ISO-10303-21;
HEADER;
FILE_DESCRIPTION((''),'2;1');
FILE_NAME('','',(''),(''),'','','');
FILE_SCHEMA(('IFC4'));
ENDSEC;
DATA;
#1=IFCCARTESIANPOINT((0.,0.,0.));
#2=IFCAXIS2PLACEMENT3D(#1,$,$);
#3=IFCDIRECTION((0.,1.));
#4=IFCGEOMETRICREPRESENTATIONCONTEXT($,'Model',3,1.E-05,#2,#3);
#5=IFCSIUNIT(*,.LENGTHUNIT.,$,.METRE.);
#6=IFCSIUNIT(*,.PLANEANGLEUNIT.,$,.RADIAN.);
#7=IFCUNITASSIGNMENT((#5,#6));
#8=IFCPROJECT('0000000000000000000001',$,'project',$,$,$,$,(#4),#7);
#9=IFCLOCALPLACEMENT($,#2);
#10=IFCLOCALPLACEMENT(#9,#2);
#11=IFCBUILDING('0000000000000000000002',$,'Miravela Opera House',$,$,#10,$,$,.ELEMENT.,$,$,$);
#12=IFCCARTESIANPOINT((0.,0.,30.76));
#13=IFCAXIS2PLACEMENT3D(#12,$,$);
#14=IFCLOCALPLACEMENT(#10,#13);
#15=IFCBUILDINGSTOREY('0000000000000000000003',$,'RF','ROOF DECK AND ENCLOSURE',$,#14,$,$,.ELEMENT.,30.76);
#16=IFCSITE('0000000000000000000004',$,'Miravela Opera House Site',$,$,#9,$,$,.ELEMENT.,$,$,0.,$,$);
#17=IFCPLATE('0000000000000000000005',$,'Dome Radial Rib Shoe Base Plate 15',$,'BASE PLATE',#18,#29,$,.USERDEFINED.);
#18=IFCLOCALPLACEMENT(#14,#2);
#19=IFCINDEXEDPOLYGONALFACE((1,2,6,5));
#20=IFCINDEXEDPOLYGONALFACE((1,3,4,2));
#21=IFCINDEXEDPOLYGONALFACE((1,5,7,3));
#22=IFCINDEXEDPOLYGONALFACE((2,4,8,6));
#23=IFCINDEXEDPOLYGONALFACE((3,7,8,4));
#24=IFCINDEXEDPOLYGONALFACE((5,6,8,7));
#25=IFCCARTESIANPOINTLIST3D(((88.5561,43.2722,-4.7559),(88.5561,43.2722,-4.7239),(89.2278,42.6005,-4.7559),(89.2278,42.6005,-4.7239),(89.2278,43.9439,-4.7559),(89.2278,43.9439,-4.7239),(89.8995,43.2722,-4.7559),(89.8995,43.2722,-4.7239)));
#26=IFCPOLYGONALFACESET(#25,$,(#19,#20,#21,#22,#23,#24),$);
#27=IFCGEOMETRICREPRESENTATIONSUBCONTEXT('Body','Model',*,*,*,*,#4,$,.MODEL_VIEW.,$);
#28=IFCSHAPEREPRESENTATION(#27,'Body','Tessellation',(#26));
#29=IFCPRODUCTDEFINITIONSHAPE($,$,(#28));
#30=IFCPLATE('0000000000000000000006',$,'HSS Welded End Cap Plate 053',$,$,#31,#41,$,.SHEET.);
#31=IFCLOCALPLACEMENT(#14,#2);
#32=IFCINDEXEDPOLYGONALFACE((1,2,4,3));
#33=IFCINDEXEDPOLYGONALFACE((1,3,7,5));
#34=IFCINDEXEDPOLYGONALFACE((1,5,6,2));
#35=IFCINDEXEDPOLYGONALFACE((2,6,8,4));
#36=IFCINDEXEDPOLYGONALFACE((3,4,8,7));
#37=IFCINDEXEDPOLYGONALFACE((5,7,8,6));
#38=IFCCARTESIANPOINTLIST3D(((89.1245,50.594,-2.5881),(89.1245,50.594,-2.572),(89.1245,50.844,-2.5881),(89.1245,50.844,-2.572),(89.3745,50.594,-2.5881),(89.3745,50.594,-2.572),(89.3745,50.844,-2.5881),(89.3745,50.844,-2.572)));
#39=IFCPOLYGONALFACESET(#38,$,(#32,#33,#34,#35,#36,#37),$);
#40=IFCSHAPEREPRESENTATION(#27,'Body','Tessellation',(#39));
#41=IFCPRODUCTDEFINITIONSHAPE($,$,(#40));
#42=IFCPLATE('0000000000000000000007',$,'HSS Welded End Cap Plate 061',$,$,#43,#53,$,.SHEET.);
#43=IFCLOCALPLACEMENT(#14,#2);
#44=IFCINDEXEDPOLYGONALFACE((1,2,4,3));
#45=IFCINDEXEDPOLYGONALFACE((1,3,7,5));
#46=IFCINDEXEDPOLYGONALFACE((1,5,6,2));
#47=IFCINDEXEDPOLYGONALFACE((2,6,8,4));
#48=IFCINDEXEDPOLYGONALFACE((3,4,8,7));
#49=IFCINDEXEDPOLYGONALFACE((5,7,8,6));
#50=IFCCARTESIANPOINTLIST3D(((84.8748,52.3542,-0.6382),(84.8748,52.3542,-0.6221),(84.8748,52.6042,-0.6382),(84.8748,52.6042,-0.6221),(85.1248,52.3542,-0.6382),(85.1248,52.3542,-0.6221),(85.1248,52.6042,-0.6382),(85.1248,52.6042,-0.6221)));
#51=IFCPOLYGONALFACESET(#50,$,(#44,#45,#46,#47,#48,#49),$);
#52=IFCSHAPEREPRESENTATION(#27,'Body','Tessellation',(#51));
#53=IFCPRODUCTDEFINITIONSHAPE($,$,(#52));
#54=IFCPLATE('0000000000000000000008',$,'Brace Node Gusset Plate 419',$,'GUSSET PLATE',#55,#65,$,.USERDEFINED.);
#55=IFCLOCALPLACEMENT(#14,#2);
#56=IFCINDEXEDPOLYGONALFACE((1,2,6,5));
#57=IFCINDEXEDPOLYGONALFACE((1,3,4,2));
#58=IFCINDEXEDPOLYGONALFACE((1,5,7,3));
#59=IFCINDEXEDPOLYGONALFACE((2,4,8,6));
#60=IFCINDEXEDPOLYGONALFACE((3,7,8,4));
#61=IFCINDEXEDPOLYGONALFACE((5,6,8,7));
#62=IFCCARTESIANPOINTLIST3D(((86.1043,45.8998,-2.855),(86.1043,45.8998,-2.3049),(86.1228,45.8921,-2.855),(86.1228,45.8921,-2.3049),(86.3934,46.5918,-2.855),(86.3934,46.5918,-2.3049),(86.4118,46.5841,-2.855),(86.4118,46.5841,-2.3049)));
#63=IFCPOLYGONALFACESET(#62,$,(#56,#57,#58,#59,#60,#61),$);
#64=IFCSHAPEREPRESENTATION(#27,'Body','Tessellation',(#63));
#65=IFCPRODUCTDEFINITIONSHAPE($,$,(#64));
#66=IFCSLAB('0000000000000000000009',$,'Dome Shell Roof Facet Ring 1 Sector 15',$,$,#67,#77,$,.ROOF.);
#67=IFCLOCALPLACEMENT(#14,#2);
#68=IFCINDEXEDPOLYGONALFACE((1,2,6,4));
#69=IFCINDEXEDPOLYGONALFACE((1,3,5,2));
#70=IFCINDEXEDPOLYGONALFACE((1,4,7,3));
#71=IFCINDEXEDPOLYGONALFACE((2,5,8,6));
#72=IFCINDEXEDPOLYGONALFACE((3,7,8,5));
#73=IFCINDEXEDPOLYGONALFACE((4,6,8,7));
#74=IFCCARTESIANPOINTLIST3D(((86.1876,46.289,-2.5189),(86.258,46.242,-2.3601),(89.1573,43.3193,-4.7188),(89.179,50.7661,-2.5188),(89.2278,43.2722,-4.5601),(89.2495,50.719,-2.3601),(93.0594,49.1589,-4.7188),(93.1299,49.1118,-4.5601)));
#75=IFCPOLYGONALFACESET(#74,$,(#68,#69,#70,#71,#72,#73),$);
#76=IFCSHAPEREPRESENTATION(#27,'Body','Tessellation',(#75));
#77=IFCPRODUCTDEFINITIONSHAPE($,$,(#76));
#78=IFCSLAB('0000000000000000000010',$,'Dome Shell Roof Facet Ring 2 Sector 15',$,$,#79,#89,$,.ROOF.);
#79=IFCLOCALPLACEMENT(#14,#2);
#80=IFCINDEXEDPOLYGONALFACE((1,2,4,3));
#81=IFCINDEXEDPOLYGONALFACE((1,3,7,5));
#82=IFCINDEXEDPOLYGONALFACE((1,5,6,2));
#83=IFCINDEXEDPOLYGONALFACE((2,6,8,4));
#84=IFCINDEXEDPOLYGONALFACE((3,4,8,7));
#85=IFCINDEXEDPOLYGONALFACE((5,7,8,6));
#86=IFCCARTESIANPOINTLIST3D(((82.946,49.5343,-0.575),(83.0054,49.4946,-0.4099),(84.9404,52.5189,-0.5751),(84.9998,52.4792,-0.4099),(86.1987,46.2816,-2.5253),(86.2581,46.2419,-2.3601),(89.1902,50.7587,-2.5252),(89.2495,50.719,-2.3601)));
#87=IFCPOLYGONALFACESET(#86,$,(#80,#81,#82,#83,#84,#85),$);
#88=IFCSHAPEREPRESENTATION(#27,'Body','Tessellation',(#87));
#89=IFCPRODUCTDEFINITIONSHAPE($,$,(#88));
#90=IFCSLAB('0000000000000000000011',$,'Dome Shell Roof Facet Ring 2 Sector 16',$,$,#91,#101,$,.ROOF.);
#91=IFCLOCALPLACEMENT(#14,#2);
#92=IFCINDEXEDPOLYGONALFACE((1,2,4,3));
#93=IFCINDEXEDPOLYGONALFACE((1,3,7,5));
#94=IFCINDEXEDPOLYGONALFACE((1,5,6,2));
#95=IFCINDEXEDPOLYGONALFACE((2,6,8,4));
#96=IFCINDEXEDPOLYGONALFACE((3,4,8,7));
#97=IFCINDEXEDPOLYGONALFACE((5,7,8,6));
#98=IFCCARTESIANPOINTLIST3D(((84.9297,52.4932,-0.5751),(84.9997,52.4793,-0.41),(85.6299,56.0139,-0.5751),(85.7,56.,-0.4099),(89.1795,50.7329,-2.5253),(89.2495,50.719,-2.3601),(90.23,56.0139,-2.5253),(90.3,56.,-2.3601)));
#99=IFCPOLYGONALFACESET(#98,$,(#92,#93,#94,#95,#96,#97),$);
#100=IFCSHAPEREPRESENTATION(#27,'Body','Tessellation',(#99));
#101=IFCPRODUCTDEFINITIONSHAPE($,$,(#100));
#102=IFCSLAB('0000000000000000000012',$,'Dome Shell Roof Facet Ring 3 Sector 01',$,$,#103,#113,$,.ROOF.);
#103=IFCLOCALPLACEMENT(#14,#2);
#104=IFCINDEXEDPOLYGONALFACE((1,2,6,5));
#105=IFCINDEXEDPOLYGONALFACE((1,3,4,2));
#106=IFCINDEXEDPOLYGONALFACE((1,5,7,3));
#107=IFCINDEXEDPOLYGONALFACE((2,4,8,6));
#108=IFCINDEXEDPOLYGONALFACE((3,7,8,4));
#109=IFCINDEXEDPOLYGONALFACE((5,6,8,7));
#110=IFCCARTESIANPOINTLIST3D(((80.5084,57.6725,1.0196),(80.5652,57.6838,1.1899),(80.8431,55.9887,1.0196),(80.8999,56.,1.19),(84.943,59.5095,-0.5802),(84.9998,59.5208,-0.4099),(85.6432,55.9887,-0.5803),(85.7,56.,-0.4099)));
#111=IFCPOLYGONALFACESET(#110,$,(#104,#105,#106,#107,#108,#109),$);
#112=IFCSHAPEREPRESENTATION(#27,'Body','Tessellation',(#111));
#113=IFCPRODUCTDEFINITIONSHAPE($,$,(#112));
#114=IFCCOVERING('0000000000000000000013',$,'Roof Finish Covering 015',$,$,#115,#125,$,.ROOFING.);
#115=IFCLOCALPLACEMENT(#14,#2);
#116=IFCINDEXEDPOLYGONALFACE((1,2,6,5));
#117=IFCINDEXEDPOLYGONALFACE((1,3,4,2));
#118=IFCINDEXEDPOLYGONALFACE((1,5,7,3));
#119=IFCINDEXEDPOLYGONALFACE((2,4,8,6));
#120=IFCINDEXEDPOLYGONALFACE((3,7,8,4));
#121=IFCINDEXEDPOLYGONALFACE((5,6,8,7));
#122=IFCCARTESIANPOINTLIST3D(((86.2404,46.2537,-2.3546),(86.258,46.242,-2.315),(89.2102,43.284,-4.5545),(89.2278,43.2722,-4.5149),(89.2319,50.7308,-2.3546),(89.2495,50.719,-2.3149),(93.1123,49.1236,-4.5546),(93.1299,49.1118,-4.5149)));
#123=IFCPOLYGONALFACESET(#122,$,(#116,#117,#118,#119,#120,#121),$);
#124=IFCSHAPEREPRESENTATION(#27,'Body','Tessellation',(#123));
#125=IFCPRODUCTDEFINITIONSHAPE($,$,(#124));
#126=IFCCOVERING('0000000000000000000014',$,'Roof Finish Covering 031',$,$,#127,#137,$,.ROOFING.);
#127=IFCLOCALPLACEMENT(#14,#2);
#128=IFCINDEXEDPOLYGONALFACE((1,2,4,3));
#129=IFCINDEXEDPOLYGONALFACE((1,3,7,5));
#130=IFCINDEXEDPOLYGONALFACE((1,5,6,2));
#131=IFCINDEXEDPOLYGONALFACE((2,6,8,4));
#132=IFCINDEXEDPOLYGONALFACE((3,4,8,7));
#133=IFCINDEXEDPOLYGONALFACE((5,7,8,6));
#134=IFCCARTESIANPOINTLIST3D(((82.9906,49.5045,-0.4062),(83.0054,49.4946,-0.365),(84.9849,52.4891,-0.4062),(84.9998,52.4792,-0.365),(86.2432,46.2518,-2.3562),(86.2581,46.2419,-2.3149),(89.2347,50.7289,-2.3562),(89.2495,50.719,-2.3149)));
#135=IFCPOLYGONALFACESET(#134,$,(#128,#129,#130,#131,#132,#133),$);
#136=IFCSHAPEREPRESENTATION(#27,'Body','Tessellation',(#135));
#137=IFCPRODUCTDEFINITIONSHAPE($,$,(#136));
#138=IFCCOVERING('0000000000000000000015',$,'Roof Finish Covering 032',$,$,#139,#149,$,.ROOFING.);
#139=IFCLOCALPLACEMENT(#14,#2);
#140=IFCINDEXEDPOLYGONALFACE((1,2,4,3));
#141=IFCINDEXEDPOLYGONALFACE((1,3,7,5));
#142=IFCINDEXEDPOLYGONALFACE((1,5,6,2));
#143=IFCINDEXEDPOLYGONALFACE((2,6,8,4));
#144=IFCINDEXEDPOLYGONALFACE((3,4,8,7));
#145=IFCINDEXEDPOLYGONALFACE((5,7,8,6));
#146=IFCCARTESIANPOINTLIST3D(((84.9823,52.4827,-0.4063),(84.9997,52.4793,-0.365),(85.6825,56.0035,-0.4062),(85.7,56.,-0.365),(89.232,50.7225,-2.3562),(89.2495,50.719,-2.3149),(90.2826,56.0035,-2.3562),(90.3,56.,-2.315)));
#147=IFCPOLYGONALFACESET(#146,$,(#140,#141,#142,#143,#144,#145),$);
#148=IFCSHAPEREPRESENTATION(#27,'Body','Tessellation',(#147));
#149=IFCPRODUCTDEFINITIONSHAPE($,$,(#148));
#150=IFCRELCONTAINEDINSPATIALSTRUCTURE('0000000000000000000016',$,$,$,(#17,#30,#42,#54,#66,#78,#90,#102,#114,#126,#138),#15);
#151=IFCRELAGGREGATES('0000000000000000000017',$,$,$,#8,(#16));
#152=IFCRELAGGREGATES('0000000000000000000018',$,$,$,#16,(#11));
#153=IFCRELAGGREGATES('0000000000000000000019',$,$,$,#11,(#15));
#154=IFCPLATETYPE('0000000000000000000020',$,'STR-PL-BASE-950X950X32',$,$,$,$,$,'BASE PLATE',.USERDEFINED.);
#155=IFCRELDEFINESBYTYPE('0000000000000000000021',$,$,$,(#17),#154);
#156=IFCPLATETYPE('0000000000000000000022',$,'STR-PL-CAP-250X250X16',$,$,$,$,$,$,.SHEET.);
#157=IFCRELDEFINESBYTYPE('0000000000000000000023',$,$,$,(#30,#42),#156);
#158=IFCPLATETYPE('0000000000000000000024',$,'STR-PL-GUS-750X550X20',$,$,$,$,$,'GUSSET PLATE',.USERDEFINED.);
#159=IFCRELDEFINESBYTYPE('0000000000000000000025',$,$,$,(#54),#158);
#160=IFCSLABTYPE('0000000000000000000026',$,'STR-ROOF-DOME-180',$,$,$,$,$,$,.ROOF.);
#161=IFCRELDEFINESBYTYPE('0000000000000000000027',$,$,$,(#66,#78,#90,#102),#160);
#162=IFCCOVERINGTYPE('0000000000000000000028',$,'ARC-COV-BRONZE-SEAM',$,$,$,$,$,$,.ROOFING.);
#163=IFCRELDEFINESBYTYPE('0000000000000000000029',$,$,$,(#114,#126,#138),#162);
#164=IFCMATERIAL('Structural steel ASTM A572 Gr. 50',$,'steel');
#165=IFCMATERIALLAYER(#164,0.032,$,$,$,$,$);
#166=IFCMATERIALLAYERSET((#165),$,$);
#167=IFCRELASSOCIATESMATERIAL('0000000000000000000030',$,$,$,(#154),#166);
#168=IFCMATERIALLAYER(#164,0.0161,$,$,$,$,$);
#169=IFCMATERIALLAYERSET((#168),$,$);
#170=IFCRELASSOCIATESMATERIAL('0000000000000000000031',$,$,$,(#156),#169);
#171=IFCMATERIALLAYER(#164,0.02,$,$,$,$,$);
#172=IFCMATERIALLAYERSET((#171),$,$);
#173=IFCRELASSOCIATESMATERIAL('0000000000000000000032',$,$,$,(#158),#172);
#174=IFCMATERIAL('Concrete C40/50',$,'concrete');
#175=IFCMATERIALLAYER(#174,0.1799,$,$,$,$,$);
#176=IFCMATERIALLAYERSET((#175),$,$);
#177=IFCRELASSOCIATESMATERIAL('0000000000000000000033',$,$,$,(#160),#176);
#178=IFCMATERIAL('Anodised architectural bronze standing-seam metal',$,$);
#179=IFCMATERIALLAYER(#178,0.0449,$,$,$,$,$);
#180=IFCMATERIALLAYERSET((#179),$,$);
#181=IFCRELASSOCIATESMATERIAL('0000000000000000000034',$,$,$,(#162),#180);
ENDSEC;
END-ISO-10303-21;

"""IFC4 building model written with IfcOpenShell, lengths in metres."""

from ifc_helpers import new_model, si_unit, direction, frame, origin, origin_2d, place, context, subcontext, project, spatial, polyline, rectangle, outline, extrude, material, layer, layer_set, type_object, element, save


model = new_model("IFC4")

# Units and contexts
model_context = context("Model", 3, precision=1e-05, world=origin(), true_north=direction((0.0, 1.0)))
body_context = subcontext(model_context, "Body", "Model", "MODEL_VIEW")
ifc_project = project(units=[si_unit("LENGTHUNIT", "METRE"), si_unit("PLANEANGLEUNIT", "RADIAN")], contexts=[model_context])

# Site, building, storey
site_placement = place(None, origin())
site = spatial("IfcSite", under=ifc_project, at=site_placement, Name="Miravela Opera House Site", CompositionType="ELEMENT", RefElevation=0.0)
building_placement = place(site_placement, origin())
building = spatial("IfcBuilding", under=site, at=building_placement, Name="Miravela Opera House", CompositionType="ELEMENT")
storey_placement = place(building_placement, frame((0.0, 0.0, 30.76)))
storey = spatial("IfcBuildingStorey", under=building, at=storey_placement, Name="RF", Description="ROOF DECK AND ENCLOSURE", CompositionType="ELEMENT", Elevation=30.76)

# Plates
ifc_material_1 = material(Name="Structural steel ASTM A572 Gr. 50", Category="steel")
ifc_layer_1 = layer(ifc_material_1, 0.032)
ifc_layer_set_1 = layer_set([ifc_layer_1])
plate_type_1 = type_object("IfcPlateType", Name="STR-PL-BASE-950X950X32", ElementType="BASE PLATE", PredefinedType="USERDEFINED", material=ifc_layer_set_1)
plate_1_placement = place(storey_placement, frame((89.2278, 43.2722, -4.7559), z_axis=(0.0, 0.0, 1.0), x_axis=(0.707107, -0.707107, 0.0)))
element("IfcPlate", 1, at=plate_1_placement, inside=storey, type_object=plate_type_1, Name="Dome Radial Rib Shoe Base Plate 15", ObjectType="BASE PLATE", PredefinedType="USERDEFINED", context=body_context, shape_type="SweptSolid", body=[
    extrude(rectangle(XDim=0.95, YDim=0.95, at=origin_2d()), origin(), (0.0, 0.0, 1.0), 0.032),
])
ifc_layer_2 = layer(ifc_material_1, 0.0161)
ifc_layer_set_2 = layer_set([ifc_layer_2])
plate_type_2 = type_object("IfcPlateType", Name="STR-PL-CAP-250X250X16", PredefinedType="SHEET", material=ifc_layer_set_2)
for number, where, z_axis, x_axis, name in (
    (2, (89.2495, 50.719, -2.5881), (0.0, 0.0, 1.0), (1.0, 0.0, 0.0), "HSS Welded End Cap Plate 053"),
    (3, (84.9998, 52.4792, -0.6382), (0.0, 0.0, 1.0), (1.0, 0.0, 0.0), "HSS Welded End Cap Plate 061"),
):
    element("IfcPlate", number, at=place(storey_placement, frame(where, z_axis=z_axis, x_axis=x_axis)), inside=storey, type_object=plate_type_2, Name=name, PredefinedType="SHEET", context=body_context, shape_type="SweptSolid", body=[
        extrude(rectangle(XDim=0.25, YDim=0.25, at=origin_2d()), origin(), (0.0, 0.0, 1.0), 0.0161),
    ])
ifc_layer_3 = layer(ifc_material_1, 0.02)
ifc_layer_set_3 = layer_set([ifc_layer_3])
plate_type_3 = type_object("IfcPlateType", Name="STR-PL-GUS-750X550X20", ElementType="GUSSET PLATE", PredefinedType="USERDEFINED", material=ifc_layer_set_3)
plate_2_placement = place(storey_placement, frame((86.2581, 46.2419, -2.855), z_axis=(0.0, 0.0, 1.0), x_axis=(0.385423, 0.92274, 0.0)))
element("IfcPlate", 4, at=plate_2_placement, inside=storey, type_object=plate_type_3, Name="Brace Node Gusset Plate 419", ObjectType="GUSSET PLATE", PredefinedType="USERDEFINED", context=body_context, shape_type="SweptSolid", body=[
    extrude(rectangle(XDim=0.75, YDim=0.02, at=origin_2d()), origin(), (0.0, 0.0, 1.0), 0.55),
])

# Slabs
ifc_material_2 = material(Name="Concrete C40/50", Category="concrete")
ifc_layer_4 = layer(ifc_material_2, 0.1799)
ifc_layer_set_4 = layer_set([ifc_layer_4])
slab_type = type_object("IfcSlabType", Name="STR-ROOF-DOME-180", PredefinedType="ROOF", material=ifc_layer_set_4)
slab_1_placement = place(storey_placement, frame((89.2278, 43.2722, -4.5601), z_axis=(0.391697, -0.261731, 0.882083), x_axis=(0.555588, 0.831458, -0.000005)))
element("IfcSlab", 5, at=slab_1_placement, inside=storey, type_object=slab_type, Name="Dome Shell Roof Facet Ring 1 Sector 15", PredefinedType="ROOF", context=body_context, shape_type="SweptSolid", body=[
    extrude(outline(polyline([(0.0, 0.0), (7.0233, 0.0), (6.2037, 4.6699), (0.8192, 4.6698), (0.0, 0.0)])), origin(), (0.0, 0.0, -1.0), 0.1799),
])
slab_2_placement = place(storey_placement, frame((86.2581, 46.2419, -2.3601), z_axis=(0.329911, -0.220445, 0.917912), x_axis=(0.55557, 0.83147, 0.000005)))
element("IfcSlab", 6, at=slab_2_placement, inside=storey, type_object=slab_type, Name="Dome Shell Roof Facet Ring 2 Sector 15", PredefinedType="ROOF", context=body_context, shape_type="SweptSolid", body=[
    extrude(outline(polyline([(0.0, 0.0), (5.3845, 0.0), (4.4871, 4.915), (0.8974, 4.9151), (0.0, 0.0)])), origin(), (0.0, 0.0, -1.0), 0.1799),
])
slab_3_placement = place(storey_placement, frame((89.2495, 50.719, -2.3601), z_axis=(0.389156, -0.077406, 0.917914), x_axis=(0.195102, 0.980783, -0.000007)))
element("IfcSlab", 7, at=slab_3_placement, inside=storey, type_object=slab_type, Name="Dome Shell Roof Facet Ring 2 Sector 16", PredefinedType="ROOF", context=body_context, shape_type="SweptSolid", body=[
    extrude(outline(polyline([(0.0, 0.0), (5.3845, 0.0), (4.487, 4.9151), (0.8973, 4.915), (0.0, 0.0)])), origin(), (0.0, 0.0, -1.0), 0.1799),
])
slab_4_placement = place(storey_placement, frame((85.7, 56.0, -0.4099), z_axis=(0.315582, 0.062752, 0.946821), x_axis=(-0.195054, 0.980793, 0.000009)))
element("IfcSlab", 8, at=slab_4_placement, inside=storey, type_object=slab_type, Name="Dome Shell Roof Facet Ring 3 Sector 01", PredefinedType="ROOF", context=body_context, shape_type="SweptSolid", body=[
    extrude(outline(polyline([(0.0, 0.0), (3.5897, 0.0), (2.6531, 4.9721), (0.9363, 4.9723), (0.0, 0.0)])), origin(), (0.0, 0.0, -1.0), 0.1799),
])

# Coverings
ifc_material_3 = material(Name="Anodised architectural bronze standing-seam metal")
ifc_layer_5 = layer(ifc_material_3, 0.0449)
ifc_layer_set_5 = layer_set([ifc_layer_5])
covering_type = type_object("IfcCoveringType", Name="ARC-COV-BRONZE-SEAM", PredefinedType="ROOFING", material=ifc_layer_set_5)
covering_1_placement = place(storey_placement, frame((89.2278, 43.2722, -4.5149), z_axis=(0.391697, -0.261731, 0.882083), x_axis=(0.555588, 0.831458, -0.000005)))
element("IfcCovering", 9, at=covering_1_placement, inside=storey, type_object=covering_type, Name="Roof Finish Covering 015", PredefinedType="ROOFING", context=body_context, shape_type="SweptSolid", body=[
    extrude(outline(polyline([(0.0, 0.0), (7.0233, 0.0), (6.2037, 4.6699), (0.8192, 4.6698), (0.0, 0.0)])), origin(), (0.0, 0.0, -1.0), 0.0449),
])
covering_2_placement = place(storey_placement, frame((86.2581, 46.2419, -2.3149), z_axis=(0.329877, -0.220421, 0.91793), x_axis=(0.55557, 0.83147, 0.000005)))
element("IfcCovering", 10, at=covering_2_placement, inside=storey, type_object=covering_type, Name="Roof Finish Covering 031", PredefinedType="ROOFING", context=body_context, shape_type="SweptSolid", body=[
    extrude(outline(polyline([(0.0, 0.0), (5.3845, 0.0), (4.4871, 4.9149), (0.8974, 4.915), (0.0, 0.0)])), origin(), (0.0, 0.0, -1.0), 0.0449),
])
covering_3_placement = place(storey_placement, frame((89.2495, 50.719, -2.3149), z_axis=(0.389115, -0.077398, 0.917932), x_axis=(0.195102, 0.980783, -0.000007)))
element("IfcCovering", 11, at=covering_3_placement, inside=storey, type_object=covering_type, Name="Roof Finish Covering 032", PredefinedType="ROOFING", context=body_context, shape_type="SweptSolid", body=[
    extrude(outline(polyline([(0.0, 0.0), (5.3845, 0.0), (4.487, 4.915), (0.8973, 4.9149), (0.0, 0.0)])), origin(), (0.0, 0.0, -1.0), 0.0449),
])

save(model, "model.ifc")
